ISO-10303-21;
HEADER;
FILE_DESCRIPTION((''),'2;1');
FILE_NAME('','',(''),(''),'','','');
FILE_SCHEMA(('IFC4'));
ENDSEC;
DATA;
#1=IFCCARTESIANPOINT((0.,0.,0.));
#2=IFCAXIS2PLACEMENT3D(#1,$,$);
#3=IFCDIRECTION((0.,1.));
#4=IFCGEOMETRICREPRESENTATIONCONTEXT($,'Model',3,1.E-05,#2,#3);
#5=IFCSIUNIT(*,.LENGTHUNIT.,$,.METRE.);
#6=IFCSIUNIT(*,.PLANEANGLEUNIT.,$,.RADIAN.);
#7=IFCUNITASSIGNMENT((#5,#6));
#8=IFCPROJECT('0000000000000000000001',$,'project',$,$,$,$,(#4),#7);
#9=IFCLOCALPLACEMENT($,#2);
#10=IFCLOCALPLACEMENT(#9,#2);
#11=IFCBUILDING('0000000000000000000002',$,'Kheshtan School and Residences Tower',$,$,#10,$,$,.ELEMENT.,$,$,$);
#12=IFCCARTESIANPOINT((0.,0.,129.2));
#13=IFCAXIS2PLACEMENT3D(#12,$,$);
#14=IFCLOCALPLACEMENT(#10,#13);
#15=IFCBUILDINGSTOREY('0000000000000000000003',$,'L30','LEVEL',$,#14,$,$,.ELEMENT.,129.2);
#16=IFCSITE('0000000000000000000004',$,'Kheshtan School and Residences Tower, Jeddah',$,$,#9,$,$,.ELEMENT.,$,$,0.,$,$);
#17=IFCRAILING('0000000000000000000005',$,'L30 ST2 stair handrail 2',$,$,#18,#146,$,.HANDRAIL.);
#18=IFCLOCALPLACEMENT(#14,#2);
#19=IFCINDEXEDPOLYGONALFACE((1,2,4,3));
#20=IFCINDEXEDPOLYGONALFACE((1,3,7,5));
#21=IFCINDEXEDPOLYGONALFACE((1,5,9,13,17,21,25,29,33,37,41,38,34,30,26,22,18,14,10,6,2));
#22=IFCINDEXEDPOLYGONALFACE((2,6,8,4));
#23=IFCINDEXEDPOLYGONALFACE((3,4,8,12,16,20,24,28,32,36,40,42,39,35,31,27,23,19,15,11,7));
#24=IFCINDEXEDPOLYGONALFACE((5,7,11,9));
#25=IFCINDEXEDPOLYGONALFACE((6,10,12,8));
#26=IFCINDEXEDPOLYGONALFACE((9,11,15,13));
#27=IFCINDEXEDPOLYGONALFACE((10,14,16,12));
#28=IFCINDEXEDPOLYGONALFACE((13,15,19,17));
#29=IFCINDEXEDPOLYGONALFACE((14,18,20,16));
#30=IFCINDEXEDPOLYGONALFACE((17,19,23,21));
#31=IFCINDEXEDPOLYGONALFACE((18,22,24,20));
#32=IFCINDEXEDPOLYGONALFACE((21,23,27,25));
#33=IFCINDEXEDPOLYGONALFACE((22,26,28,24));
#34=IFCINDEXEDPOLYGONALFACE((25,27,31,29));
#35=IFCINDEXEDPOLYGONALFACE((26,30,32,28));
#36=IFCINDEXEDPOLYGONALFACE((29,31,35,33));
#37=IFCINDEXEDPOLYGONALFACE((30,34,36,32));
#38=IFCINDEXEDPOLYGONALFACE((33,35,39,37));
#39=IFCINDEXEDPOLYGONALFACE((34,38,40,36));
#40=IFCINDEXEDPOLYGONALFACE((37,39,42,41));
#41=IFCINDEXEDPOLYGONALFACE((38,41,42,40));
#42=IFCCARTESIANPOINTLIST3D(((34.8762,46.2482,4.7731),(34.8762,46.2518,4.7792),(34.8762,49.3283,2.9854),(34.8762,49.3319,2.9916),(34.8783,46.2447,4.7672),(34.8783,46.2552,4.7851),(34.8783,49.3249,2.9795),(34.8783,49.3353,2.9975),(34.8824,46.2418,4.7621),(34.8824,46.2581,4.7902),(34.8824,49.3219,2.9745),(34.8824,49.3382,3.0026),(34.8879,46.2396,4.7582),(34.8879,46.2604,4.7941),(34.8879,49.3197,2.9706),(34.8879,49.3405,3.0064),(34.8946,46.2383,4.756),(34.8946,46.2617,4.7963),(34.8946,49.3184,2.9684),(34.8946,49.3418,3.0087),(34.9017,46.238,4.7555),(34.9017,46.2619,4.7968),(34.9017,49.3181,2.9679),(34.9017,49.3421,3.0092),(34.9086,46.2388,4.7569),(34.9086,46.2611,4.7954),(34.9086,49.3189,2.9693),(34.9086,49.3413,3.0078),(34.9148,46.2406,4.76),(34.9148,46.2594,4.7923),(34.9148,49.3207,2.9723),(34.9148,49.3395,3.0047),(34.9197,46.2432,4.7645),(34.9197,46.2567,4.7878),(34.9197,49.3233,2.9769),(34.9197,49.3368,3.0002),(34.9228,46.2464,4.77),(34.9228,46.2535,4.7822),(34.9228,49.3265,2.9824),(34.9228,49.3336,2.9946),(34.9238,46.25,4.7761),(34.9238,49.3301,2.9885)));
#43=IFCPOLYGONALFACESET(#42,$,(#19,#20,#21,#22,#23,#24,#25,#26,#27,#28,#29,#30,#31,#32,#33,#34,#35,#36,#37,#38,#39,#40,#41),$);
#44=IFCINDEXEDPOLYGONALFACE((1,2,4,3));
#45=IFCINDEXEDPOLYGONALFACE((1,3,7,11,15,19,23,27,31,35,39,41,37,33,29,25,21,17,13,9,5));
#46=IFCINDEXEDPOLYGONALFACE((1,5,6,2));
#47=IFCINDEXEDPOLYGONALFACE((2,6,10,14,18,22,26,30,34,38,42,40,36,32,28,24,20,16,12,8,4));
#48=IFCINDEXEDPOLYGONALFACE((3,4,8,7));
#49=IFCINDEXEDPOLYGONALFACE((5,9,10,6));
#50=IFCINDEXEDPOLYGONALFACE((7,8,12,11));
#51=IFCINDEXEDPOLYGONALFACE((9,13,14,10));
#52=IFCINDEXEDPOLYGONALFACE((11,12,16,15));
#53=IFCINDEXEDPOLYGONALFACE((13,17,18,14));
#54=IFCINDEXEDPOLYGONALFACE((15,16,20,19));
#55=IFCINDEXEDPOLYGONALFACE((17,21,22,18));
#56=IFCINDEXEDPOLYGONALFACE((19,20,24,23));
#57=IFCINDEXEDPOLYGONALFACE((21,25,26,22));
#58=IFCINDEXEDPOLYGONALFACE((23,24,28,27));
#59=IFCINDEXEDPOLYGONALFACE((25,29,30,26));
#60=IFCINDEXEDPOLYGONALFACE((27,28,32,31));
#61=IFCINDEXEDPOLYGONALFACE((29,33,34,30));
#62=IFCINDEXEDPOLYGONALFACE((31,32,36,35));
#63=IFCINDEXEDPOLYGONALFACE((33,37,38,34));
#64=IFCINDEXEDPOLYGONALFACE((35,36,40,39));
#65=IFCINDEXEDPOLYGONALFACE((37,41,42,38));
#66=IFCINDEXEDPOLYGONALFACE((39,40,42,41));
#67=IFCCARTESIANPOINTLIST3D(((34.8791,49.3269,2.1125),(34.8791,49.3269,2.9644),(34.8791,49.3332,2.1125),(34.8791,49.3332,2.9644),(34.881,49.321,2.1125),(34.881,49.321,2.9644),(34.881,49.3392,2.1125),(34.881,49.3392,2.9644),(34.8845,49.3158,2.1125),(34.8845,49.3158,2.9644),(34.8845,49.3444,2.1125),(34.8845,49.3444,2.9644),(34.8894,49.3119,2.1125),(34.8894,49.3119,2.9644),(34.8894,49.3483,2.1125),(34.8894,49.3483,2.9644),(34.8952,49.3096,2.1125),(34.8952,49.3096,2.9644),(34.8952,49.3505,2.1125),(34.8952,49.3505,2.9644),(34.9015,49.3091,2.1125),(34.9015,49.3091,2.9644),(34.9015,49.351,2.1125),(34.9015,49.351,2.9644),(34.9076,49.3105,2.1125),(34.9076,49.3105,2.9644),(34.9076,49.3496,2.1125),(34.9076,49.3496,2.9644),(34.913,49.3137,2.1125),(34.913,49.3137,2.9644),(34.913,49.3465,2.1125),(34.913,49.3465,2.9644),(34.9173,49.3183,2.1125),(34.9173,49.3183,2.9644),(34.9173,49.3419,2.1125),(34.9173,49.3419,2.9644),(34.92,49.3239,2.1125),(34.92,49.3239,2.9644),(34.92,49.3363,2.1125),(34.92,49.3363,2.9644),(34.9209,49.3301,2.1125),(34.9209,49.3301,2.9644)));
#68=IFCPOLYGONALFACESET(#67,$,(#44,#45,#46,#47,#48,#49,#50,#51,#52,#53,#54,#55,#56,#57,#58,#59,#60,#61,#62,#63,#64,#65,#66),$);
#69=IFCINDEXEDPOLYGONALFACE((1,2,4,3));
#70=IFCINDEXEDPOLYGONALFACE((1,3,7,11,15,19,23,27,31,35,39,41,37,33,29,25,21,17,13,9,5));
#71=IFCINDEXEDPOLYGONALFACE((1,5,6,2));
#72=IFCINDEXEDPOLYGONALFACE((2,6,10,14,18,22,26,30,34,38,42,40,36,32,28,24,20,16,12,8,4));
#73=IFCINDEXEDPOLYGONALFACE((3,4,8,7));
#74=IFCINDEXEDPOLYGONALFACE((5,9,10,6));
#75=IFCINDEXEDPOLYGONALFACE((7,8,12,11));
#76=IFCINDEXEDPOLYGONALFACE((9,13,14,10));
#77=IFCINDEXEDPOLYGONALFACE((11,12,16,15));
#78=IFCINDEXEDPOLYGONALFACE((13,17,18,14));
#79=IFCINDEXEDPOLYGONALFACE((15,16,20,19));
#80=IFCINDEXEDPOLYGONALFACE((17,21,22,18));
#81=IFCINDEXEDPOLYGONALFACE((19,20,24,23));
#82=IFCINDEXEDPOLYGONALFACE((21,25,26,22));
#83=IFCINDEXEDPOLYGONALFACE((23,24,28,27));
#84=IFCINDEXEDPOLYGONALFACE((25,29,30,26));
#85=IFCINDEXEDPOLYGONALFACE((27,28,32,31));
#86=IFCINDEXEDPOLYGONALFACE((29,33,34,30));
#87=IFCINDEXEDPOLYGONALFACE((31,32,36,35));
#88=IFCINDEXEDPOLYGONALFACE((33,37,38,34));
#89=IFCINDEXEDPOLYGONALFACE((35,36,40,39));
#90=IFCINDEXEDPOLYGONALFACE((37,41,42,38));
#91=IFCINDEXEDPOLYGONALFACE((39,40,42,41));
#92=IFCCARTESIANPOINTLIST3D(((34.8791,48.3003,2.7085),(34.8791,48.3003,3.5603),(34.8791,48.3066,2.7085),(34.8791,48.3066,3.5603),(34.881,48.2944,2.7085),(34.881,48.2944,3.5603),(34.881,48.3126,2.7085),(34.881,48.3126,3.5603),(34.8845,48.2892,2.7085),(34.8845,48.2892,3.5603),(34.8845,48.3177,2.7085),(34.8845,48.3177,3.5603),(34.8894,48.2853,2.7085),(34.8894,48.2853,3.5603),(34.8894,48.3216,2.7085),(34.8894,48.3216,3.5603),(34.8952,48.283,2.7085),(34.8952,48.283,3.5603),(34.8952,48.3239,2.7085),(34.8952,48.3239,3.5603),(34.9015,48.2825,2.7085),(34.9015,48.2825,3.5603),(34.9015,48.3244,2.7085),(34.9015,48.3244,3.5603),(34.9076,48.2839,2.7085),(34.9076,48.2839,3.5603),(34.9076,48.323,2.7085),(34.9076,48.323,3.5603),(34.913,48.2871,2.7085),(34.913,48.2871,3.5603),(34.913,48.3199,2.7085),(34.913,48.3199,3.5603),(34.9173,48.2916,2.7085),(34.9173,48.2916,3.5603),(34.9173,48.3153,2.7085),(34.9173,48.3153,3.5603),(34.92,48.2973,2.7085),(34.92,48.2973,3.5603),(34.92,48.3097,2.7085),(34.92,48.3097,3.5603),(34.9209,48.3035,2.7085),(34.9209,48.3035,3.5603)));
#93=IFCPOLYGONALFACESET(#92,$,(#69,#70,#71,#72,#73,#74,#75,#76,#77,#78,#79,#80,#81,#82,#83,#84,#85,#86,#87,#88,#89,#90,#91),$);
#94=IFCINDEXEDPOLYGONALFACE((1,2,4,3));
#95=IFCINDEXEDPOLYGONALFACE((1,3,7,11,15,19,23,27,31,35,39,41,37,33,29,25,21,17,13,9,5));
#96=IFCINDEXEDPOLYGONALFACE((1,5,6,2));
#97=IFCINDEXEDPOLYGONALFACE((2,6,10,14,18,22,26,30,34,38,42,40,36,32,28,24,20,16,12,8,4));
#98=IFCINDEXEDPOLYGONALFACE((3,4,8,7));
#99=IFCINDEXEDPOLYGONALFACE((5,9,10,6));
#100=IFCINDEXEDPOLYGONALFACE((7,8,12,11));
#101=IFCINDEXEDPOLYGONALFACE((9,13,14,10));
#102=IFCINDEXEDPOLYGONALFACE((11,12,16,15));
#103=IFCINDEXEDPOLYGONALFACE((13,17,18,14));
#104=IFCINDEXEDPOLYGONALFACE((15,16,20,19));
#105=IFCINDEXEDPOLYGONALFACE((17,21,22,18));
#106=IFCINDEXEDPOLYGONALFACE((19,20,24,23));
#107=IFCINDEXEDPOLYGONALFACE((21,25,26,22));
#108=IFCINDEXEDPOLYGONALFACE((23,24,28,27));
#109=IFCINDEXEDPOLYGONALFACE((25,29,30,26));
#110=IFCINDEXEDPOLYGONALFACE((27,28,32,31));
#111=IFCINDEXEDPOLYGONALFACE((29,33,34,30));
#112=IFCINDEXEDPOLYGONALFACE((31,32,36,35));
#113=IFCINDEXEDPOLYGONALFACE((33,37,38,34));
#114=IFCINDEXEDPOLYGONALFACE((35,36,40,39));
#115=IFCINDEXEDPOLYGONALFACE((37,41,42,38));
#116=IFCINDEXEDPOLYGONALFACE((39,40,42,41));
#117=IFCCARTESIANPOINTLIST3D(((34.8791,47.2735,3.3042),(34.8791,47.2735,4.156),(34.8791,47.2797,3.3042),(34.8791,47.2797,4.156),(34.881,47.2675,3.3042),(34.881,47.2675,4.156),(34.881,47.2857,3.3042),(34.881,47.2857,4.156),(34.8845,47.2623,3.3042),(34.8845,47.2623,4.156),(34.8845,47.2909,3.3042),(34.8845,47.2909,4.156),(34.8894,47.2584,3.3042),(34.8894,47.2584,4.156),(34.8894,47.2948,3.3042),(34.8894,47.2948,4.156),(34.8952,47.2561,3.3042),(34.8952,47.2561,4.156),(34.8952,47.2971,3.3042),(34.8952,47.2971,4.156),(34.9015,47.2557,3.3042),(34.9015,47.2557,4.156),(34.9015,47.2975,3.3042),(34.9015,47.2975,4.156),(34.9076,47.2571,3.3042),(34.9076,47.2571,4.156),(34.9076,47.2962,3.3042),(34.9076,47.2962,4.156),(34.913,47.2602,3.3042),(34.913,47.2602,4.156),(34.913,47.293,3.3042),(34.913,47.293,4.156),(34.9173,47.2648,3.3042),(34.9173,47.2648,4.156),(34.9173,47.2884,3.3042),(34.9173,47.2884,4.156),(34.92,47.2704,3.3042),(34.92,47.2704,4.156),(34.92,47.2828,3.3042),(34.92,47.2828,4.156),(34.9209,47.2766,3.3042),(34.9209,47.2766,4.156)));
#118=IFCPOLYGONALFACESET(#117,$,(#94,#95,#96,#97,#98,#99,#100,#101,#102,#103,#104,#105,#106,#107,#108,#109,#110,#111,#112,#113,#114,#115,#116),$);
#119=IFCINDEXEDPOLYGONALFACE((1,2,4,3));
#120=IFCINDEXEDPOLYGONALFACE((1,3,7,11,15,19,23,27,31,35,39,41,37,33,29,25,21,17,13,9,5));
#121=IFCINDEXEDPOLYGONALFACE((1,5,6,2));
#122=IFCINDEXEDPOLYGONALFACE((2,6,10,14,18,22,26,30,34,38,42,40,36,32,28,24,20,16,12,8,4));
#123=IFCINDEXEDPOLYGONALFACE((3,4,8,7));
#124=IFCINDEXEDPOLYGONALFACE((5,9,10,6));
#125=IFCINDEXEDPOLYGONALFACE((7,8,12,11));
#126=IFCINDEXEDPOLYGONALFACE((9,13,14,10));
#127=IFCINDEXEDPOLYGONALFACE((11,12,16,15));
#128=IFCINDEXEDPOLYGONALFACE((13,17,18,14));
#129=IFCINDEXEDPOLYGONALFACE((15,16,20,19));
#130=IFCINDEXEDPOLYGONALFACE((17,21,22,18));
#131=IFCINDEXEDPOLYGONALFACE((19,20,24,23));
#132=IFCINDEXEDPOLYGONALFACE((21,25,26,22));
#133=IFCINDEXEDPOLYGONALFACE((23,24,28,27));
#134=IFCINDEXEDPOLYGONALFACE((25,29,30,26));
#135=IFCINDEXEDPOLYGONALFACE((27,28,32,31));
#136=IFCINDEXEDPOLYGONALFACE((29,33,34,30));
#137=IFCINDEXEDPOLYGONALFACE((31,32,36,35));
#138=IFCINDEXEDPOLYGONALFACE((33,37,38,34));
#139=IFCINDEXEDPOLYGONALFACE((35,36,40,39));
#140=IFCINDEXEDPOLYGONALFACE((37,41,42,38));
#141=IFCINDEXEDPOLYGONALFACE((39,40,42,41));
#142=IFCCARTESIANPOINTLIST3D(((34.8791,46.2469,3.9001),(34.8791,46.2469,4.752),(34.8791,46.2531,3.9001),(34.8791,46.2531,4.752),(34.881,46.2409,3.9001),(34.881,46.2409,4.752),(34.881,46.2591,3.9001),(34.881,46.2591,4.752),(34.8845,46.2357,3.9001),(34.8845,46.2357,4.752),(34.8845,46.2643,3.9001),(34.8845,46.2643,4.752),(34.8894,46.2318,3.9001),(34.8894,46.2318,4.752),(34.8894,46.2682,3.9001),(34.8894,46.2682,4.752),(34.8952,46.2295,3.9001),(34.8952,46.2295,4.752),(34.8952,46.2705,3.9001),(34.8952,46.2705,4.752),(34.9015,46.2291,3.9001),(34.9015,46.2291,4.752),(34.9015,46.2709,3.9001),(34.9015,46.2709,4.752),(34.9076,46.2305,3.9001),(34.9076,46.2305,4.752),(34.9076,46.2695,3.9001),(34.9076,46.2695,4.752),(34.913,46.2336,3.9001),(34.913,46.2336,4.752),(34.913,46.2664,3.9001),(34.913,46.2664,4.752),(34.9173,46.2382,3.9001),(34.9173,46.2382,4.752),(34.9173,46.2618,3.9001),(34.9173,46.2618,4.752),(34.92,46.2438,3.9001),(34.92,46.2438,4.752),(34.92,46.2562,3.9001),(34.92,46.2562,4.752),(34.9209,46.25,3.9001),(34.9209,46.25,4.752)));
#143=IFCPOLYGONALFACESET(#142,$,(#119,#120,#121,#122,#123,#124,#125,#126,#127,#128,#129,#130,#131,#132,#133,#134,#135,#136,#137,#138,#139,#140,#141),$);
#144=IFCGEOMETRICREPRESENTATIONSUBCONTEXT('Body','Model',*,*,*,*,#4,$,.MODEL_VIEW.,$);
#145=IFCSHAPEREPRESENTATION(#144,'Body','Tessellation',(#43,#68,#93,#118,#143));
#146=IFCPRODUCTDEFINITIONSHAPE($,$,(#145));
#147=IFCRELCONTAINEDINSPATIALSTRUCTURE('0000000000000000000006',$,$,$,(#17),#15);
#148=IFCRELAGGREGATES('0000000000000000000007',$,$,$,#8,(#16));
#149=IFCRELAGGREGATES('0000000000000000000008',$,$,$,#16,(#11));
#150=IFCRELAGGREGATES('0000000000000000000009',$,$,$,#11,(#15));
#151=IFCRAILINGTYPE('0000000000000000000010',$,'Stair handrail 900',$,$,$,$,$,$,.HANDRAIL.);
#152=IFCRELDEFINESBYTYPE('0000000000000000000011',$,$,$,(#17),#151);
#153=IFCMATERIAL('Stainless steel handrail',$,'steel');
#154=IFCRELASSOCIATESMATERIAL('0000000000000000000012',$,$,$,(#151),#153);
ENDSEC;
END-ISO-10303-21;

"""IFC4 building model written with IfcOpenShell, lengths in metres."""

from ifc_helpers import new_model, si_unit, direction, frame, origin, origin_2d, place, context, subcontext, project, spatial, circle, extrude, material, type_object, element, save


model = new_model("IFC4")

# Units and contexts
model_context = context("Model", 3, precision=1e-05, world=origin(), true_north=direction((0.0, 1.0)))
body_context = subcontext(model_context, "Body", "Model", "MODEL_VIEW")
ifc_project = project(units=[si_unit("LENGTHUNIT", "METRE"), si_unit("PLANEANGLEUNIT", "RADIAN")], contexts=[model_context])

# Site, building, storey
site_placement = place(None, origin())
site = spatial("IfcSite", under=ifc_project, at=site_placement, Name="Kheshtan School and Residences Tower, Jeddah", CompositionType="ELEMENT", RefElevation=0.0)
building_placement = place(site_placement, origin())
building = spatial("IfcBuilding", under=site, at=building_placement, Name="Kheshtan School and Residences Tower", CompositionType="ELEMENT")
storey_placement = place(building_placement, frame((0.0, 0.0, 129.2)))
storey = spatial("IfcBuildingStorey", under=building, at=storey_placement, Name="L30", Description="LEVEL", CompositionType="ELEMENT", Elevation=129.2)

# Railing
ifc_material_1 = material(Name="Stainless steel handrail", Category="steel")
railing_type_1 = type_object("IfcRailingType", Name="Stair handrail 900", PredefinedType="HANDRAIL", material=ifc_material_1)
railing_1_placement = place(storey_placement, frame((34.8999, 49.3301, 2.1125)))
element("IfcRailing", 1, at=railing_1_placement, inside=storey, type_object=railing_type_1, Name="L30 ST2 stair handrail 2", PredefinedType="HANDRAIL", context=body_context, shape_type="SweptSolid", body=[
    extrude(circle(Radius=0.0239, at=origin_2d()), frame((0.0, 0.0, 0.876), z_axis=(0.0, -0.864891, 0.50196), x_axis=(1.0, 0.0, 0.0)), (0.0, 0.0, 1.0), 3.5613),
    extrude(circle(Radius=0.021, at=origin_2d()), origin(), (0.0, 0.0, 1.0), 0.8518),
    extrude(circle(Radius=0.021, at=origin_2d()), frame((0.0, -1.0266, 0.5959)), (0.0, 0.0, 1.0), 0.8518),
    extrude(circle(Radius=0.021, at=origin_2d()), frame((0.0, -2.0535, 1.1917)), (0.0, 0.0, 1.0), 0.8518),
    extrude(circle(Radius=0.021, at=origin_2d()), frame((0.0, -3.0801, 1.7876)), (0.0, 0.0, 1.0), 0.8518),
])

save(model, "model.ifc")
